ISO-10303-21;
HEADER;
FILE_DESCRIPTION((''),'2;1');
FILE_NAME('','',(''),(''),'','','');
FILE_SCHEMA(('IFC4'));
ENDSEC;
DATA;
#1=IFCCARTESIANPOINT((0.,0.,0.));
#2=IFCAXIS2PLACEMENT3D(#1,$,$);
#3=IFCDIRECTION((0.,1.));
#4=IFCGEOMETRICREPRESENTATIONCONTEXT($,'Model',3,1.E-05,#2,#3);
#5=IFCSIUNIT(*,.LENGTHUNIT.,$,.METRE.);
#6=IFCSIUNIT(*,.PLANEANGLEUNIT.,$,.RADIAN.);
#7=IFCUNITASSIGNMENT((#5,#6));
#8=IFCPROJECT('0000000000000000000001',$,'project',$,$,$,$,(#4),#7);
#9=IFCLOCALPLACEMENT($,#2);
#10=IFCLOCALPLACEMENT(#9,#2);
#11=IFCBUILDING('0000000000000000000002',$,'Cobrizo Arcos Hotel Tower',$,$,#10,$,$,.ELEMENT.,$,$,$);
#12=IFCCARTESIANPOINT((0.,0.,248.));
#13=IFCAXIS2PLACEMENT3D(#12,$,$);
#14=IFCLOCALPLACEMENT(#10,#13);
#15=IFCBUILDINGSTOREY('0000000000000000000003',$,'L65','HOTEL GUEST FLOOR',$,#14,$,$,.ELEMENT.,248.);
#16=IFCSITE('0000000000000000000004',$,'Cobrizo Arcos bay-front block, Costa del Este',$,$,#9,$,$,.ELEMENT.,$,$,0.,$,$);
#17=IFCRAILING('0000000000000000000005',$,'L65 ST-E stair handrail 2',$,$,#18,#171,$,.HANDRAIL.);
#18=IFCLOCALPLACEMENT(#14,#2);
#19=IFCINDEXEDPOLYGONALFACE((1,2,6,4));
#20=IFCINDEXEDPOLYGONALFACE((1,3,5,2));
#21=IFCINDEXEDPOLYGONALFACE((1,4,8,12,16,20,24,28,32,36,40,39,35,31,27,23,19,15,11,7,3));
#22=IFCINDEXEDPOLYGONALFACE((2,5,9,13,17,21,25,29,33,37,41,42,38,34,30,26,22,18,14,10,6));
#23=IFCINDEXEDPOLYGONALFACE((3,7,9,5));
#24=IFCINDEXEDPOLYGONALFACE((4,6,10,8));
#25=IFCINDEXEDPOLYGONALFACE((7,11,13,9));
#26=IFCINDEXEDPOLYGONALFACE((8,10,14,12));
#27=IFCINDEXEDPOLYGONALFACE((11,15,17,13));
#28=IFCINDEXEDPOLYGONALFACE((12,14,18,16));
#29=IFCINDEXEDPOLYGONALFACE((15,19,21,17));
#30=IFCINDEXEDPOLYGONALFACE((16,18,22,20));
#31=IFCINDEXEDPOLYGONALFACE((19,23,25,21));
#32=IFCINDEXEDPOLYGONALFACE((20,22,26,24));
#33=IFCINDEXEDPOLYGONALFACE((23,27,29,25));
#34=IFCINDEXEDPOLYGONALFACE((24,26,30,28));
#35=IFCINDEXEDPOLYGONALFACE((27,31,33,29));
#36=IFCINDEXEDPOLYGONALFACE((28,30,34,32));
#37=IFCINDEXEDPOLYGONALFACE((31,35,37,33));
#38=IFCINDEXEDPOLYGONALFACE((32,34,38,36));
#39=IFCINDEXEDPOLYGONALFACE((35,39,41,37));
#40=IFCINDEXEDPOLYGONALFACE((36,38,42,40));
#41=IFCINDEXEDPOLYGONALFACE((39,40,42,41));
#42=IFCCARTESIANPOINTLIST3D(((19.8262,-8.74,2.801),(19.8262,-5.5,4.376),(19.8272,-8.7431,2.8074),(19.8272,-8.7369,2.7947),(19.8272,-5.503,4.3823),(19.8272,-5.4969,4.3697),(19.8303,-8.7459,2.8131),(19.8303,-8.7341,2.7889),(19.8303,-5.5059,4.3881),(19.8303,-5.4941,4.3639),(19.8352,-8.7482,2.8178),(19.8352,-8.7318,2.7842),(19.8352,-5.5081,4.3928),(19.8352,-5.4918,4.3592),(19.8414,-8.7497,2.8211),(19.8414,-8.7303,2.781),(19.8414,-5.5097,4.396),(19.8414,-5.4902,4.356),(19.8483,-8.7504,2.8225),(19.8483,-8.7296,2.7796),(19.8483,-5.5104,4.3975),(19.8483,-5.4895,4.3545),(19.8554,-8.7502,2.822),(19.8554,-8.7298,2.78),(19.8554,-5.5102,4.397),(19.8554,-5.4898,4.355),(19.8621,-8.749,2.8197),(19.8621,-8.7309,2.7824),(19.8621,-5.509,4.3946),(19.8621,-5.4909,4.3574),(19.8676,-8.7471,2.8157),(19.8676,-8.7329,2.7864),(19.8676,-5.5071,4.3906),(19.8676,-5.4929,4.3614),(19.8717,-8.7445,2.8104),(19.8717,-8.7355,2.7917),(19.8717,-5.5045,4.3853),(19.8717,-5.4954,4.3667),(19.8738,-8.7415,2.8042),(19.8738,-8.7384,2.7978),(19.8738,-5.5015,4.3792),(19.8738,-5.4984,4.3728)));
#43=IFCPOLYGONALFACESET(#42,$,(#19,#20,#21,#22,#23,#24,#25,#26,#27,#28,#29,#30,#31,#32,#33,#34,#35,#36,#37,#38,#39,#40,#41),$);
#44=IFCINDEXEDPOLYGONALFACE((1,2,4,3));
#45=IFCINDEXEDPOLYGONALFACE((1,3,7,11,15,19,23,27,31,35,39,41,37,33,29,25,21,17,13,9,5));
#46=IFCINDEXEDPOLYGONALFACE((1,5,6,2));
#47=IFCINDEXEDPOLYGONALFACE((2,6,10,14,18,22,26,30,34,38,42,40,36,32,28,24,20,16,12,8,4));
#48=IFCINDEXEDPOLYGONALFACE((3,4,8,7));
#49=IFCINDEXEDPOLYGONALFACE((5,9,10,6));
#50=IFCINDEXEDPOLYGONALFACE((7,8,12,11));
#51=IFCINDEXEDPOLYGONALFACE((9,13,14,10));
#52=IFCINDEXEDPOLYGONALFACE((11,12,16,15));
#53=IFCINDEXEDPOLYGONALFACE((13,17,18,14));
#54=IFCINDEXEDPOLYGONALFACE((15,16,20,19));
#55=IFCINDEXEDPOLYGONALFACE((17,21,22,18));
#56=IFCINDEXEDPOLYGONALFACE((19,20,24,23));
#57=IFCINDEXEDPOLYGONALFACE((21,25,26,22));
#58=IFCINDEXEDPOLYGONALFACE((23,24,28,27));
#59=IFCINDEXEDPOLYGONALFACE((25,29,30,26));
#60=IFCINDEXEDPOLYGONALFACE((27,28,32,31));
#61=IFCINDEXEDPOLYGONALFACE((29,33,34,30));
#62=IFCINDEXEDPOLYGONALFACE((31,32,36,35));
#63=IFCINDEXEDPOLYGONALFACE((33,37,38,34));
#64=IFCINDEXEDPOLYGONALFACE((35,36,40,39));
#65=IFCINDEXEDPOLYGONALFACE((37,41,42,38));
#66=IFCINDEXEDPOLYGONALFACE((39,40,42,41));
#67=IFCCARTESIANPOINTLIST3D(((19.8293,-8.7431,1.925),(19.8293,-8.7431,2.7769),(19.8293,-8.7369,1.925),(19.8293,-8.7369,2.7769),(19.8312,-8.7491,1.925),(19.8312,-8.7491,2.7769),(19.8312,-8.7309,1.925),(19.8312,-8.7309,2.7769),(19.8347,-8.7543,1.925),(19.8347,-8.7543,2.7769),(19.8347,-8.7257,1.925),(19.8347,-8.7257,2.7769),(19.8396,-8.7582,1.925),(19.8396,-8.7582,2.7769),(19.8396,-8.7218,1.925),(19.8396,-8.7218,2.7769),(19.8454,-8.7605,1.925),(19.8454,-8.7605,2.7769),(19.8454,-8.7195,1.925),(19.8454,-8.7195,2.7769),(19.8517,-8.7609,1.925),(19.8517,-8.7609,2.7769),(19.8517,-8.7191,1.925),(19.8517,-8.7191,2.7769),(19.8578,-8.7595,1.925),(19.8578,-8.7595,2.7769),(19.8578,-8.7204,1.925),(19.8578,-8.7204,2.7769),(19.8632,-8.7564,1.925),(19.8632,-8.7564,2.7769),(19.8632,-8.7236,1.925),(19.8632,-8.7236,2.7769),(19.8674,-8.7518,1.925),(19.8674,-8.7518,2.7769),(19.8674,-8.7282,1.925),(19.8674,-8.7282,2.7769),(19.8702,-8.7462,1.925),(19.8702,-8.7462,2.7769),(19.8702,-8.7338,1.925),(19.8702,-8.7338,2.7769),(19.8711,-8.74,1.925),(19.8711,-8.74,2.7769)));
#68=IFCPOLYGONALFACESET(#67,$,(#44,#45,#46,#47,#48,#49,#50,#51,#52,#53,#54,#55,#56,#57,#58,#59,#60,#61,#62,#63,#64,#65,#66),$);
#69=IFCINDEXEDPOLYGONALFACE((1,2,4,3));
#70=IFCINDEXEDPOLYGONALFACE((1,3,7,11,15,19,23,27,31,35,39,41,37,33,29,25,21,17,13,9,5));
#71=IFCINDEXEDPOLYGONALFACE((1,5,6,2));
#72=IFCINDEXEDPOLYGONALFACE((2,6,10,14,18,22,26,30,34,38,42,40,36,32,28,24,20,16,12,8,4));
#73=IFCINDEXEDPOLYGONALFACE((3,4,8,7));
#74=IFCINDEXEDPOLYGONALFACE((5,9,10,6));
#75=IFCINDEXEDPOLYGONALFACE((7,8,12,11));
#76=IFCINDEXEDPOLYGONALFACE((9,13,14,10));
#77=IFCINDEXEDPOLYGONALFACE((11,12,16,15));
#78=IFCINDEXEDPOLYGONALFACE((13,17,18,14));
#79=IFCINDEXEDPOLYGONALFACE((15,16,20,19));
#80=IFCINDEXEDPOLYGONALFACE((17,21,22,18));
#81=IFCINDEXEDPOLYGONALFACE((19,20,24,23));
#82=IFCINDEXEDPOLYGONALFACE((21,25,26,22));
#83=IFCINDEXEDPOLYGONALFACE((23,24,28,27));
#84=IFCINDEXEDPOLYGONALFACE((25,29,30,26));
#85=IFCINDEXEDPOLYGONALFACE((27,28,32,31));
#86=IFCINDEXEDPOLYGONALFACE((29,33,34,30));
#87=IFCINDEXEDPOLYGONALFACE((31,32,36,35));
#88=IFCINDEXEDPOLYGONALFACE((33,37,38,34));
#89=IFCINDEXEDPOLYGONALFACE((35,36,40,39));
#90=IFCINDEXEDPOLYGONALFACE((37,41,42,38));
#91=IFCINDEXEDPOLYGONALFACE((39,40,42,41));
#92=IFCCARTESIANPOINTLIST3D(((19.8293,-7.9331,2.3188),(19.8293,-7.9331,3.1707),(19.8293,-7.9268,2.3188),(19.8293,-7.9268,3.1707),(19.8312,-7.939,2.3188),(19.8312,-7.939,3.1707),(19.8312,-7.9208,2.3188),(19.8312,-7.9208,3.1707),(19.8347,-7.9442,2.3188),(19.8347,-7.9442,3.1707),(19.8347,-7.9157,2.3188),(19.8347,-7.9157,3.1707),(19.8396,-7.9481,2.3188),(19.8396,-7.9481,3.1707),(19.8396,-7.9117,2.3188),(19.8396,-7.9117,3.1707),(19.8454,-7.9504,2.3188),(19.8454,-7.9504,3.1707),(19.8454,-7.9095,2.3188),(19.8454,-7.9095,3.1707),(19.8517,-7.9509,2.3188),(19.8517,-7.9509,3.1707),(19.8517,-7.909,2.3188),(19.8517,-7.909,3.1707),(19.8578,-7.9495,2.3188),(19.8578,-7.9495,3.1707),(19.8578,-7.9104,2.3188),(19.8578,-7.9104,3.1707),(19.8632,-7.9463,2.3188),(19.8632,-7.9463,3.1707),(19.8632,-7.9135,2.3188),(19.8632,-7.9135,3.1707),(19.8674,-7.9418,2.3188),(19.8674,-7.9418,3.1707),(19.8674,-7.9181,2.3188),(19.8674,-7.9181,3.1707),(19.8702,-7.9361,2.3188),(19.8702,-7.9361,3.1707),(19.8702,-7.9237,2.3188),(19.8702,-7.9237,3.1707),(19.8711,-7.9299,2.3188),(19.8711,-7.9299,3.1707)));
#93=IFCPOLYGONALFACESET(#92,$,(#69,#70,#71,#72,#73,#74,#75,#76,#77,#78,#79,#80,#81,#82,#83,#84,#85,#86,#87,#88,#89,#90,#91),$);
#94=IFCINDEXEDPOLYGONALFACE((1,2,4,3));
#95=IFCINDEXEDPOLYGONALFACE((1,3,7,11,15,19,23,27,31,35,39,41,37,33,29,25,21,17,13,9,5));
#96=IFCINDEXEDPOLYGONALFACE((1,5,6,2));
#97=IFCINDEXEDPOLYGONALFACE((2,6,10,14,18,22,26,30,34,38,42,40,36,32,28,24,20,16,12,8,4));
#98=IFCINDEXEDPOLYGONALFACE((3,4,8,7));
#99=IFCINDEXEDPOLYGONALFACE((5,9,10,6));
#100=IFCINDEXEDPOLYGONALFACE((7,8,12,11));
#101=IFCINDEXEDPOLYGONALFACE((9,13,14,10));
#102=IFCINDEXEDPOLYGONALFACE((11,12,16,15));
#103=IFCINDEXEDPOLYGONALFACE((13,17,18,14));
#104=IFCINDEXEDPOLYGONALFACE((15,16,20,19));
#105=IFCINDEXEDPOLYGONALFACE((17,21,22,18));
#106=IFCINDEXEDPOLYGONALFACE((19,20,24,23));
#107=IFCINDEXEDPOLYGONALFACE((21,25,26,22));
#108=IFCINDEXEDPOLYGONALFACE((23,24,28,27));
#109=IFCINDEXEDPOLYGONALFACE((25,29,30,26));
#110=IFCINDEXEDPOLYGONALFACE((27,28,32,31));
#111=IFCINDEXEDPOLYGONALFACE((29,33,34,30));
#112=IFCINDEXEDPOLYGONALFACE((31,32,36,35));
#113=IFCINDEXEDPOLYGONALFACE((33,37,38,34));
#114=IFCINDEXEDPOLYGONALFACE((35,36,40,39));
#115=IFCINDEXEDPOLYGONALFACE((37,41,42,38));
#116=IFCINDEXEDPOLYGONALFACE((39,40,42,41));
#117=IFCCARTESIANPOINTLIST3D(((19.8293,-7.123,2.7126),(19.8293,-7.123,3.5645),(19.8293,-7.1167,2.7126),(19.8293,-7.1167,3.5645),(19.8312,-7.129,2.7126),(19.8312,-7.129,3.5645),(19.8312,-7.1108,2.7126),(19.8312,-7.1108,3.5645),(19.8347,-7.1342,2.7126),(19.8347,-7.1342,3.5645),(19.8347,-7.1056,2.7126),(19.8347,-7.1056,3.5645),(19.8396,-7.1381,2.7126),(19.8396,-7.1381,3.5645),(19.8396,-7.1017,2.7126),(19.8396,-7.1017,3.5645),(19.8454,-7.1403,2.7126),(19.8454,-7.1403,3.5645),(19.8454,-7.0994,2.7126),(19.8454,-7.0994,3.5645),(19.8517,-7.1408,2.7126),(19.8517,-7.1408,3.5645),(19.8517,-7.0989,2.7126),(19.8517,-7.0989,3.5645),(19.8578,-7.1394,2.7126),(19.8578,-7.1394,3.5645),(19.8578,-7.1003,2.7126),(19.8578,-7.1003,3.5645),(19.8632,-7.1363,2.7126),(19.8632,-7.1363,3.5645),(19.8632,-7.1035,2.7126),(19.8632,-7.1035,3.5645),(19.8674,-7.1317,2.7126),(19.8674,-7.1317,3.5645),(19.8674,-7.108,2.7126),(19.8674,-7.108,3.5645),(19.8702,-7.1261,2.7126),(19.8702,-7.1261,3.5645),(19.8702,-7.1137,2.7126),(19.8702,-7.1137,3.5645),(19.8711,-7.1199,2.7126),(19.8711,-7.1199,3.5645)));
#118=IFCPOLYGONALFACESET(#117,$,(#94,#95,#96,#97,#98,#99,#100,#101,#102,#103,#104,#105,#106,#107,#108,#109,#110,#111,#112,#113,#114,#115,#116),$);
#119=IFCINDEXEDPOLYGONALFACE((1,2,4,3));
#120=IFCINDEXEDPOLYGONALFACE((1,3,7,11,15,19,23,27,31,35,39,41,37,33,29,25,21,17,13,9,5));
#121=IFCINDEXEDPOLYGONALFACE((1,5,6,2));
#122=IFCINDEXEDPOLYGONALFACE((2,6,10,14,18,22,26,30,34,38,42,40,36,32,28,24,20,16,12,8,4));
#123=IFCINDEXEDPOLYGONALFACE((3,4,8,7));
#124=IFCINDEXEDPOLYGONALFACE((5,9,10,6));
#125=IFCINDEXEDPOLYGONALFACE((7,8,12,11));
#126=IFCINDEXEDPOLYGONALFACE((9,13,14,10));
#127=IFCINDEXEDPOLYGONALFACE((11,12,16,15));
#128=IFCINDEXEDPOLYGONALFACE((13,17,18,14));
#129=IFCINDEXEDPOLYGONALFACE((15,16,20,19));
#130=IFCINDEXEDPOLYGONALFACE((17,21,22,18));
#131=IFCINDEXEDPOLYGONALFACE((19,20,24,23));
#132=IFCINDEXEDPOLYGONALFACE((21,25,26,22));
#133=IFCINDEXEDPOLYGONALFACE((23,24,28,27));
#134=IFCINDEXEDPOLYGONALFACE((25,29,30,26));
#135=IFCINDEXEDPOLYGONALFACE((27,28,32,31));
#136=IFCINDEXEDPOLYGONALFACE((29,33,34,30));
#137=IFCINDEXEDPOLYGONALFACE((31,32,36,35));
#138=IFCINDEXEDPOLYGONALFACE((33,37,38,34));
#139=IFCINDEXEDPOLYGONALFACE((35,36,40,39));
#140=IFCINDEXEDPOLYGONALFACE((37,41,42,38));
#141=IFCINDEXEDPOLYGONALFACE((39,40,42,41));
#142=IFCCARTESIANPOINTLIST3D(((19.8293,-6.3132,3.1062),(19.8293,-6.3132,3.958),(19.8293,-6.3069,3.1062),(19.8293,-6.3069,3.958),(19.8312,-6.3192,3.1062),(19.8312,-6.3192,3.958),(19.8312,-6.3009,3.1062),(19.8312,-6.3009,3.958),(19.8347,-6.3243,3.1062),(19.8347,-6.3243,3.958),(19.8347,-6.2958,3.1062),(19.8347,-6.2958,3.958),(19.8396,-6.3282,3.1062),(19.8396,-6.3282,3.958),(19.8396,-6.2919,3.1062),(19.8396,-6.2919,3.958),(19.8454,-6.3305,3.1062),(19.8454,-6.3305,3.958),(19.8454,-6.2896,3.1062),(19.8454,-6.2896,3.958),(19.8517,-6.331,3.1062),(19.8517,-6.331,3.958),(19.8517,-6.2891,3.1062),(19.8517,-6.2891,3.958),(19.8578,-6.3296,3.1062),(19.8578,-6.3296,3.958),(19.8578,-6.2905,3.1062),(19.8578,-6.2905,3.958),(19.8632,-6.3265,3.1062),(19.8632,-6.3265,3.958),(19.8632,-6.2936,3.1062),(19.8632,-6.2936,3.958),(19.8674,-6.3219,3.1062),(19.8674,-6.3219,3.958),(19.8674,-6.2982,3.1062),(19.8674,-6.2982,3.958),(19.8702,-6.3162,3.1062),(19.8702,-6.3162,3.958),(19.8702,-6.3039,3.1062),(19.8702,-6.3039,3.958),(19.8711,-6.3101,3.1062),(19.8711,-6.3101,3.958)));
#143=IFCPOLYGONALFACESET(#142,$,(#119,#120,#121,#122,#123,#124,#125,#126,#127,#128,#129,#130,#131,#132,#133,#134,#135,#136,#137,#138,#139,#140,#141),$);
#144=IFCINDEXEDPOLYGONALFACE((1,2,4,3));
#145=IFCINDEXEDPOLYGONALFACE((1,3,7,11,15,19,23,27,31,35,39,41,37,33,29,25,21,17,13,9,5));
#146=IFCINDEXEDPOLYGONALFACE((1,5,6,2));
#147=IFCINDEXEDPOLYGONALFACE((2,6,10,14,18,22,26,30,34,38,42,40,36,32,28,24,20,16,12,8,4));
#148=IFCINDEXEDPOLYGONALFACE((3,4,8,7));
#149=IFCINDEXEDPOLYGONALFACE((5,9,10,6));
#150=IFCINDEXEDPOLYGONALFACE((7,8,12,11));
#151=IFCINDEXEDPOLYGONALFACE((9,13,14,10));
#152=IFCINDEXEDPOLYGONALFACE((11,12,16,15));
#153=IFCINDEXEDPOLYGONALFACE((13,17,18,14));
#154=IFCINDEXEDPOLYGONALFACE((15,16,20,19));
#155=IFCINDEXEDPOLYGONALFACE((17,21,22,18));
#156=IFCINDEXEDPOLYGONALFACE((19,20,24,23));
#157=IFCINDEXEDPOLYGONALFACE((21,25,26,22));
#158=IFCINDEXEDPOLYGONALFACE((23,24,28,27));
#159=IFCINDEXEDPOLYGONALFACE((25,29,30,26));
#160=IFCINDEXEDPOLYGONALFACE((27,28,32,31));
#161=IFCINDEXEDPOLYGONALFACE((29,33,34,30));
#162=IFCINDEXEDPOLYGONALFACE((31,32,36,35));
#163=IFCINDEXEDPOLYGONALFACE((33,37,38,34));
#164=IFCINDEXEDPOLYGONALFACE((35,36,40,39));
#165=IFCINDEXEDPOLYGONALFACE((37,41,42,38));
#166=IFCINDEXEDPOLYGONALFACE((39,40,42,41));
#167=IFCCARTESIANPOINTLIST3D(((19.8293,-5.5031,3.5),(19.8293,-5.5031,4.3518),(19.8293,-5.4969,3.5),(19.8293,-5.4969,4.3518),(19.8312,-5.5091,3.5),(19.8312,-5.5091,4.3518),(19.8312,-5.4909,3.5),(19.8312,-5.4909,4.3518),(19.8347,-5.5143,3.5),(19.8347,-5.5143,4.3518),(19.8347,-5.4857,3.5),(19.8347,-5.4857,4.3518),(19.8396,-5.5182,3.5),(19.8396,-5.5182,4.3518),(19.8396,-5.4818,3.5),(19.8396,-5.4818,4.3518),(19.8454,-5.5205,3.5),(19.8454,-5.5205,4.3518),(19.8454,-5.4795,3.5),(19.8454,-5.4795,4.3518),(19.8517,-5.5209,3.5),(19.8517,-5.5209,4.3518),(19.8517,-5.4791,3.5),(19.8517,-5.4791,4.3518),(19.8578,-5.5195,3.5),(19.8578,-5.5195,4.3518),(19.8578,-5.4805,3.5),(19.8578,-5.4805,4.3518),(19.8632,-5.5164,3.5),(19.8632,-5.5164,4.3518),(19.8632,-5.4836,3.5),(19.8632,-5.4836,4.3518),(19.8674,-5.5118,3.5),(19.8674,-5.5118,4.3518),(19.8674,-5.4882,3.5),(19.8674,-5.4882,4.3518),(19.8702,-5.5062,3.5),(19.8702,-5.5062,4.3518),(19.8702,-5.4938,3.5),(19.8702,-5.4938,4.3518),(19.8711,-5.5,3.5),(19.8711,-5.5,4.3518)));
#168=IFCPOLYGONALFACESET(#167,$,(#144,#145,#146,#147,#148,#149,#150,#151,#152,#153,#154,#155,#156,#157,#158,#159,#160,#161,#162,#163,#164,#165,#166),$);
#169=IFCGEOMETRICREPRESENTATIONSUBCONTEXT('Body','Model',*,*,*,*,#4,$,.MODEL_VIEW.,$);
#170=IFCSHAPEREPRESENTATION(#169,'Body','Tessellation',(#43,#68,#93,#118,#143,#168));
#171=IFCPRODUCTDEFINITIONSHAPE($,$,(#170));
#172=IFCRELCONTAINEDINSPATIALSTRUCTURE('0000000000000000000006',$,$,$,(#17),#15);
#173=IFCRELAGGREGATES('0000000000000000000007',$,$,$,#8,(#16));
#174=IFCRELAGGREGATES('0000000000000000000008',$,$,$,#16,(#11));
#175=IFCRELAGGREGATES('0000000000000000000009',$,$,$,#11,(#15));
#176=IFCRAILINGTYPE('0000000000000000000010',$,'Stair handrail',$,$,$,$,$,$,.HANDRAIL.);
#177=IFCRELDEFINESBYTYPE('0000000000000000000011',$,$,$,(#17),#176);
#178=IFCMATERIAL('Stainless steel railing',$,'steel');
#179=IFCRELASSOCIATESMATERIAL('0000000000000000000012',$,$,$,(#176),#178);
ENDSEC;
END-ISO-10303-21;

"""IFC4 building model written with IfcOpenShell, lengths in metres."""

from ifc_helpers import new_model, si_unit, direction, frame, origin, origin_2d, place, context, subcontext, project, spatial, circle, extrude, material, type_object, element, save


model = new_model("IFC4")

# Units and contexts
model_context = context("Model", 3, precision=1e-05, world=origin(), true_north=direction((0.0, 1.0)))
body_context = subcontext(model_context, "Body", "Model", "MODEL_VIEW")
ifc_project = project(units=[si_unit("LENGTHUNIT", "METRE"), si_unit("PLANEANGLEUNIT", "RADIAN")], contexts=[model_context])

# Site, building, storey
site_placement = place(None, origin())
site = spatial("IfcSite", under=ifc_project, at=site_placement, Name="Cobrizo Arcos bay-front block, Costa del Este", CompositionType="ELEMENT", RefElevation=0.0)
building_placement = place(site_placement, origin())
building = spatial("IfcBuilding", under=site, at=building_placement, Name="Cobrizo Arcos Hotel Tower", CompositionType="ELEMENT")
storey_placement = place(building_placement, frame((0.0, 0.0, 248.0)))
storey = spatial("IfcBuildingStorey", under=building, at=storey_placement, Name="L65", Description="HOTEL GUEST FLOOR", CompositionType="ELEMENT", Elevation=248.0)

# Railing
ifc_material_1 = material(Name="Stainless steel railing", Category="steel")
railing_type_1 = type_object("IfcRailingType", Name="Stair handrail", PredefinedType="HANDRAIL", material=ifc_material_1)
railing_1_placement = place(storey_placement, frame((19.8501, -8.74, 1.925)))
element("IfcRailing", 1, at=railing_1_placement, inside=storey, type_object=railing_type_1, Name="L65 ST-E stair handrail 2", PredefinedType="HANDRAIL", context=body_context, shape_type="SweptSolid", body=[
    extrude(circle(Radius=0.0239, at=origin_2d()), frame((0.0, 0.0, 0.876), z_axis=(0.0, 0.899373, 0.437183), x_axis=(-1.0, 0.0, 0.0)), (0.0, 0.0, 1.0), 3.6025),
    extrude(circle(Radius=0.021, at=origin_2d()), origin(), (0.0, 0.0, 1.0), 0.8518),
    extrude(circle(Radius=0.021, at=origin_2d()), frame((0.0, 0.8101, 0.3938)), (0.0, 0.0, 1.0), 0.8518),
    extrude(circle(Radius=0.021, at=origin_2d()), frame((0.0, 1.6201, 0.7876)), (0.0, 0.0, 1.0), 0.8518),
    extrude(circle(Radius=0.021, at=origin_2d()), frame((0.0, 2.4299, 1.1812)), (0.0, 0.0, 1.0), 0.8518),
    extrude(circle(Radius=0.021, at=origin_2d()), frame((0.0, 3.24, 1.575)), (0.0, 0.0, 1.0), 0.8518),
])

save(model, "model.ifc")
